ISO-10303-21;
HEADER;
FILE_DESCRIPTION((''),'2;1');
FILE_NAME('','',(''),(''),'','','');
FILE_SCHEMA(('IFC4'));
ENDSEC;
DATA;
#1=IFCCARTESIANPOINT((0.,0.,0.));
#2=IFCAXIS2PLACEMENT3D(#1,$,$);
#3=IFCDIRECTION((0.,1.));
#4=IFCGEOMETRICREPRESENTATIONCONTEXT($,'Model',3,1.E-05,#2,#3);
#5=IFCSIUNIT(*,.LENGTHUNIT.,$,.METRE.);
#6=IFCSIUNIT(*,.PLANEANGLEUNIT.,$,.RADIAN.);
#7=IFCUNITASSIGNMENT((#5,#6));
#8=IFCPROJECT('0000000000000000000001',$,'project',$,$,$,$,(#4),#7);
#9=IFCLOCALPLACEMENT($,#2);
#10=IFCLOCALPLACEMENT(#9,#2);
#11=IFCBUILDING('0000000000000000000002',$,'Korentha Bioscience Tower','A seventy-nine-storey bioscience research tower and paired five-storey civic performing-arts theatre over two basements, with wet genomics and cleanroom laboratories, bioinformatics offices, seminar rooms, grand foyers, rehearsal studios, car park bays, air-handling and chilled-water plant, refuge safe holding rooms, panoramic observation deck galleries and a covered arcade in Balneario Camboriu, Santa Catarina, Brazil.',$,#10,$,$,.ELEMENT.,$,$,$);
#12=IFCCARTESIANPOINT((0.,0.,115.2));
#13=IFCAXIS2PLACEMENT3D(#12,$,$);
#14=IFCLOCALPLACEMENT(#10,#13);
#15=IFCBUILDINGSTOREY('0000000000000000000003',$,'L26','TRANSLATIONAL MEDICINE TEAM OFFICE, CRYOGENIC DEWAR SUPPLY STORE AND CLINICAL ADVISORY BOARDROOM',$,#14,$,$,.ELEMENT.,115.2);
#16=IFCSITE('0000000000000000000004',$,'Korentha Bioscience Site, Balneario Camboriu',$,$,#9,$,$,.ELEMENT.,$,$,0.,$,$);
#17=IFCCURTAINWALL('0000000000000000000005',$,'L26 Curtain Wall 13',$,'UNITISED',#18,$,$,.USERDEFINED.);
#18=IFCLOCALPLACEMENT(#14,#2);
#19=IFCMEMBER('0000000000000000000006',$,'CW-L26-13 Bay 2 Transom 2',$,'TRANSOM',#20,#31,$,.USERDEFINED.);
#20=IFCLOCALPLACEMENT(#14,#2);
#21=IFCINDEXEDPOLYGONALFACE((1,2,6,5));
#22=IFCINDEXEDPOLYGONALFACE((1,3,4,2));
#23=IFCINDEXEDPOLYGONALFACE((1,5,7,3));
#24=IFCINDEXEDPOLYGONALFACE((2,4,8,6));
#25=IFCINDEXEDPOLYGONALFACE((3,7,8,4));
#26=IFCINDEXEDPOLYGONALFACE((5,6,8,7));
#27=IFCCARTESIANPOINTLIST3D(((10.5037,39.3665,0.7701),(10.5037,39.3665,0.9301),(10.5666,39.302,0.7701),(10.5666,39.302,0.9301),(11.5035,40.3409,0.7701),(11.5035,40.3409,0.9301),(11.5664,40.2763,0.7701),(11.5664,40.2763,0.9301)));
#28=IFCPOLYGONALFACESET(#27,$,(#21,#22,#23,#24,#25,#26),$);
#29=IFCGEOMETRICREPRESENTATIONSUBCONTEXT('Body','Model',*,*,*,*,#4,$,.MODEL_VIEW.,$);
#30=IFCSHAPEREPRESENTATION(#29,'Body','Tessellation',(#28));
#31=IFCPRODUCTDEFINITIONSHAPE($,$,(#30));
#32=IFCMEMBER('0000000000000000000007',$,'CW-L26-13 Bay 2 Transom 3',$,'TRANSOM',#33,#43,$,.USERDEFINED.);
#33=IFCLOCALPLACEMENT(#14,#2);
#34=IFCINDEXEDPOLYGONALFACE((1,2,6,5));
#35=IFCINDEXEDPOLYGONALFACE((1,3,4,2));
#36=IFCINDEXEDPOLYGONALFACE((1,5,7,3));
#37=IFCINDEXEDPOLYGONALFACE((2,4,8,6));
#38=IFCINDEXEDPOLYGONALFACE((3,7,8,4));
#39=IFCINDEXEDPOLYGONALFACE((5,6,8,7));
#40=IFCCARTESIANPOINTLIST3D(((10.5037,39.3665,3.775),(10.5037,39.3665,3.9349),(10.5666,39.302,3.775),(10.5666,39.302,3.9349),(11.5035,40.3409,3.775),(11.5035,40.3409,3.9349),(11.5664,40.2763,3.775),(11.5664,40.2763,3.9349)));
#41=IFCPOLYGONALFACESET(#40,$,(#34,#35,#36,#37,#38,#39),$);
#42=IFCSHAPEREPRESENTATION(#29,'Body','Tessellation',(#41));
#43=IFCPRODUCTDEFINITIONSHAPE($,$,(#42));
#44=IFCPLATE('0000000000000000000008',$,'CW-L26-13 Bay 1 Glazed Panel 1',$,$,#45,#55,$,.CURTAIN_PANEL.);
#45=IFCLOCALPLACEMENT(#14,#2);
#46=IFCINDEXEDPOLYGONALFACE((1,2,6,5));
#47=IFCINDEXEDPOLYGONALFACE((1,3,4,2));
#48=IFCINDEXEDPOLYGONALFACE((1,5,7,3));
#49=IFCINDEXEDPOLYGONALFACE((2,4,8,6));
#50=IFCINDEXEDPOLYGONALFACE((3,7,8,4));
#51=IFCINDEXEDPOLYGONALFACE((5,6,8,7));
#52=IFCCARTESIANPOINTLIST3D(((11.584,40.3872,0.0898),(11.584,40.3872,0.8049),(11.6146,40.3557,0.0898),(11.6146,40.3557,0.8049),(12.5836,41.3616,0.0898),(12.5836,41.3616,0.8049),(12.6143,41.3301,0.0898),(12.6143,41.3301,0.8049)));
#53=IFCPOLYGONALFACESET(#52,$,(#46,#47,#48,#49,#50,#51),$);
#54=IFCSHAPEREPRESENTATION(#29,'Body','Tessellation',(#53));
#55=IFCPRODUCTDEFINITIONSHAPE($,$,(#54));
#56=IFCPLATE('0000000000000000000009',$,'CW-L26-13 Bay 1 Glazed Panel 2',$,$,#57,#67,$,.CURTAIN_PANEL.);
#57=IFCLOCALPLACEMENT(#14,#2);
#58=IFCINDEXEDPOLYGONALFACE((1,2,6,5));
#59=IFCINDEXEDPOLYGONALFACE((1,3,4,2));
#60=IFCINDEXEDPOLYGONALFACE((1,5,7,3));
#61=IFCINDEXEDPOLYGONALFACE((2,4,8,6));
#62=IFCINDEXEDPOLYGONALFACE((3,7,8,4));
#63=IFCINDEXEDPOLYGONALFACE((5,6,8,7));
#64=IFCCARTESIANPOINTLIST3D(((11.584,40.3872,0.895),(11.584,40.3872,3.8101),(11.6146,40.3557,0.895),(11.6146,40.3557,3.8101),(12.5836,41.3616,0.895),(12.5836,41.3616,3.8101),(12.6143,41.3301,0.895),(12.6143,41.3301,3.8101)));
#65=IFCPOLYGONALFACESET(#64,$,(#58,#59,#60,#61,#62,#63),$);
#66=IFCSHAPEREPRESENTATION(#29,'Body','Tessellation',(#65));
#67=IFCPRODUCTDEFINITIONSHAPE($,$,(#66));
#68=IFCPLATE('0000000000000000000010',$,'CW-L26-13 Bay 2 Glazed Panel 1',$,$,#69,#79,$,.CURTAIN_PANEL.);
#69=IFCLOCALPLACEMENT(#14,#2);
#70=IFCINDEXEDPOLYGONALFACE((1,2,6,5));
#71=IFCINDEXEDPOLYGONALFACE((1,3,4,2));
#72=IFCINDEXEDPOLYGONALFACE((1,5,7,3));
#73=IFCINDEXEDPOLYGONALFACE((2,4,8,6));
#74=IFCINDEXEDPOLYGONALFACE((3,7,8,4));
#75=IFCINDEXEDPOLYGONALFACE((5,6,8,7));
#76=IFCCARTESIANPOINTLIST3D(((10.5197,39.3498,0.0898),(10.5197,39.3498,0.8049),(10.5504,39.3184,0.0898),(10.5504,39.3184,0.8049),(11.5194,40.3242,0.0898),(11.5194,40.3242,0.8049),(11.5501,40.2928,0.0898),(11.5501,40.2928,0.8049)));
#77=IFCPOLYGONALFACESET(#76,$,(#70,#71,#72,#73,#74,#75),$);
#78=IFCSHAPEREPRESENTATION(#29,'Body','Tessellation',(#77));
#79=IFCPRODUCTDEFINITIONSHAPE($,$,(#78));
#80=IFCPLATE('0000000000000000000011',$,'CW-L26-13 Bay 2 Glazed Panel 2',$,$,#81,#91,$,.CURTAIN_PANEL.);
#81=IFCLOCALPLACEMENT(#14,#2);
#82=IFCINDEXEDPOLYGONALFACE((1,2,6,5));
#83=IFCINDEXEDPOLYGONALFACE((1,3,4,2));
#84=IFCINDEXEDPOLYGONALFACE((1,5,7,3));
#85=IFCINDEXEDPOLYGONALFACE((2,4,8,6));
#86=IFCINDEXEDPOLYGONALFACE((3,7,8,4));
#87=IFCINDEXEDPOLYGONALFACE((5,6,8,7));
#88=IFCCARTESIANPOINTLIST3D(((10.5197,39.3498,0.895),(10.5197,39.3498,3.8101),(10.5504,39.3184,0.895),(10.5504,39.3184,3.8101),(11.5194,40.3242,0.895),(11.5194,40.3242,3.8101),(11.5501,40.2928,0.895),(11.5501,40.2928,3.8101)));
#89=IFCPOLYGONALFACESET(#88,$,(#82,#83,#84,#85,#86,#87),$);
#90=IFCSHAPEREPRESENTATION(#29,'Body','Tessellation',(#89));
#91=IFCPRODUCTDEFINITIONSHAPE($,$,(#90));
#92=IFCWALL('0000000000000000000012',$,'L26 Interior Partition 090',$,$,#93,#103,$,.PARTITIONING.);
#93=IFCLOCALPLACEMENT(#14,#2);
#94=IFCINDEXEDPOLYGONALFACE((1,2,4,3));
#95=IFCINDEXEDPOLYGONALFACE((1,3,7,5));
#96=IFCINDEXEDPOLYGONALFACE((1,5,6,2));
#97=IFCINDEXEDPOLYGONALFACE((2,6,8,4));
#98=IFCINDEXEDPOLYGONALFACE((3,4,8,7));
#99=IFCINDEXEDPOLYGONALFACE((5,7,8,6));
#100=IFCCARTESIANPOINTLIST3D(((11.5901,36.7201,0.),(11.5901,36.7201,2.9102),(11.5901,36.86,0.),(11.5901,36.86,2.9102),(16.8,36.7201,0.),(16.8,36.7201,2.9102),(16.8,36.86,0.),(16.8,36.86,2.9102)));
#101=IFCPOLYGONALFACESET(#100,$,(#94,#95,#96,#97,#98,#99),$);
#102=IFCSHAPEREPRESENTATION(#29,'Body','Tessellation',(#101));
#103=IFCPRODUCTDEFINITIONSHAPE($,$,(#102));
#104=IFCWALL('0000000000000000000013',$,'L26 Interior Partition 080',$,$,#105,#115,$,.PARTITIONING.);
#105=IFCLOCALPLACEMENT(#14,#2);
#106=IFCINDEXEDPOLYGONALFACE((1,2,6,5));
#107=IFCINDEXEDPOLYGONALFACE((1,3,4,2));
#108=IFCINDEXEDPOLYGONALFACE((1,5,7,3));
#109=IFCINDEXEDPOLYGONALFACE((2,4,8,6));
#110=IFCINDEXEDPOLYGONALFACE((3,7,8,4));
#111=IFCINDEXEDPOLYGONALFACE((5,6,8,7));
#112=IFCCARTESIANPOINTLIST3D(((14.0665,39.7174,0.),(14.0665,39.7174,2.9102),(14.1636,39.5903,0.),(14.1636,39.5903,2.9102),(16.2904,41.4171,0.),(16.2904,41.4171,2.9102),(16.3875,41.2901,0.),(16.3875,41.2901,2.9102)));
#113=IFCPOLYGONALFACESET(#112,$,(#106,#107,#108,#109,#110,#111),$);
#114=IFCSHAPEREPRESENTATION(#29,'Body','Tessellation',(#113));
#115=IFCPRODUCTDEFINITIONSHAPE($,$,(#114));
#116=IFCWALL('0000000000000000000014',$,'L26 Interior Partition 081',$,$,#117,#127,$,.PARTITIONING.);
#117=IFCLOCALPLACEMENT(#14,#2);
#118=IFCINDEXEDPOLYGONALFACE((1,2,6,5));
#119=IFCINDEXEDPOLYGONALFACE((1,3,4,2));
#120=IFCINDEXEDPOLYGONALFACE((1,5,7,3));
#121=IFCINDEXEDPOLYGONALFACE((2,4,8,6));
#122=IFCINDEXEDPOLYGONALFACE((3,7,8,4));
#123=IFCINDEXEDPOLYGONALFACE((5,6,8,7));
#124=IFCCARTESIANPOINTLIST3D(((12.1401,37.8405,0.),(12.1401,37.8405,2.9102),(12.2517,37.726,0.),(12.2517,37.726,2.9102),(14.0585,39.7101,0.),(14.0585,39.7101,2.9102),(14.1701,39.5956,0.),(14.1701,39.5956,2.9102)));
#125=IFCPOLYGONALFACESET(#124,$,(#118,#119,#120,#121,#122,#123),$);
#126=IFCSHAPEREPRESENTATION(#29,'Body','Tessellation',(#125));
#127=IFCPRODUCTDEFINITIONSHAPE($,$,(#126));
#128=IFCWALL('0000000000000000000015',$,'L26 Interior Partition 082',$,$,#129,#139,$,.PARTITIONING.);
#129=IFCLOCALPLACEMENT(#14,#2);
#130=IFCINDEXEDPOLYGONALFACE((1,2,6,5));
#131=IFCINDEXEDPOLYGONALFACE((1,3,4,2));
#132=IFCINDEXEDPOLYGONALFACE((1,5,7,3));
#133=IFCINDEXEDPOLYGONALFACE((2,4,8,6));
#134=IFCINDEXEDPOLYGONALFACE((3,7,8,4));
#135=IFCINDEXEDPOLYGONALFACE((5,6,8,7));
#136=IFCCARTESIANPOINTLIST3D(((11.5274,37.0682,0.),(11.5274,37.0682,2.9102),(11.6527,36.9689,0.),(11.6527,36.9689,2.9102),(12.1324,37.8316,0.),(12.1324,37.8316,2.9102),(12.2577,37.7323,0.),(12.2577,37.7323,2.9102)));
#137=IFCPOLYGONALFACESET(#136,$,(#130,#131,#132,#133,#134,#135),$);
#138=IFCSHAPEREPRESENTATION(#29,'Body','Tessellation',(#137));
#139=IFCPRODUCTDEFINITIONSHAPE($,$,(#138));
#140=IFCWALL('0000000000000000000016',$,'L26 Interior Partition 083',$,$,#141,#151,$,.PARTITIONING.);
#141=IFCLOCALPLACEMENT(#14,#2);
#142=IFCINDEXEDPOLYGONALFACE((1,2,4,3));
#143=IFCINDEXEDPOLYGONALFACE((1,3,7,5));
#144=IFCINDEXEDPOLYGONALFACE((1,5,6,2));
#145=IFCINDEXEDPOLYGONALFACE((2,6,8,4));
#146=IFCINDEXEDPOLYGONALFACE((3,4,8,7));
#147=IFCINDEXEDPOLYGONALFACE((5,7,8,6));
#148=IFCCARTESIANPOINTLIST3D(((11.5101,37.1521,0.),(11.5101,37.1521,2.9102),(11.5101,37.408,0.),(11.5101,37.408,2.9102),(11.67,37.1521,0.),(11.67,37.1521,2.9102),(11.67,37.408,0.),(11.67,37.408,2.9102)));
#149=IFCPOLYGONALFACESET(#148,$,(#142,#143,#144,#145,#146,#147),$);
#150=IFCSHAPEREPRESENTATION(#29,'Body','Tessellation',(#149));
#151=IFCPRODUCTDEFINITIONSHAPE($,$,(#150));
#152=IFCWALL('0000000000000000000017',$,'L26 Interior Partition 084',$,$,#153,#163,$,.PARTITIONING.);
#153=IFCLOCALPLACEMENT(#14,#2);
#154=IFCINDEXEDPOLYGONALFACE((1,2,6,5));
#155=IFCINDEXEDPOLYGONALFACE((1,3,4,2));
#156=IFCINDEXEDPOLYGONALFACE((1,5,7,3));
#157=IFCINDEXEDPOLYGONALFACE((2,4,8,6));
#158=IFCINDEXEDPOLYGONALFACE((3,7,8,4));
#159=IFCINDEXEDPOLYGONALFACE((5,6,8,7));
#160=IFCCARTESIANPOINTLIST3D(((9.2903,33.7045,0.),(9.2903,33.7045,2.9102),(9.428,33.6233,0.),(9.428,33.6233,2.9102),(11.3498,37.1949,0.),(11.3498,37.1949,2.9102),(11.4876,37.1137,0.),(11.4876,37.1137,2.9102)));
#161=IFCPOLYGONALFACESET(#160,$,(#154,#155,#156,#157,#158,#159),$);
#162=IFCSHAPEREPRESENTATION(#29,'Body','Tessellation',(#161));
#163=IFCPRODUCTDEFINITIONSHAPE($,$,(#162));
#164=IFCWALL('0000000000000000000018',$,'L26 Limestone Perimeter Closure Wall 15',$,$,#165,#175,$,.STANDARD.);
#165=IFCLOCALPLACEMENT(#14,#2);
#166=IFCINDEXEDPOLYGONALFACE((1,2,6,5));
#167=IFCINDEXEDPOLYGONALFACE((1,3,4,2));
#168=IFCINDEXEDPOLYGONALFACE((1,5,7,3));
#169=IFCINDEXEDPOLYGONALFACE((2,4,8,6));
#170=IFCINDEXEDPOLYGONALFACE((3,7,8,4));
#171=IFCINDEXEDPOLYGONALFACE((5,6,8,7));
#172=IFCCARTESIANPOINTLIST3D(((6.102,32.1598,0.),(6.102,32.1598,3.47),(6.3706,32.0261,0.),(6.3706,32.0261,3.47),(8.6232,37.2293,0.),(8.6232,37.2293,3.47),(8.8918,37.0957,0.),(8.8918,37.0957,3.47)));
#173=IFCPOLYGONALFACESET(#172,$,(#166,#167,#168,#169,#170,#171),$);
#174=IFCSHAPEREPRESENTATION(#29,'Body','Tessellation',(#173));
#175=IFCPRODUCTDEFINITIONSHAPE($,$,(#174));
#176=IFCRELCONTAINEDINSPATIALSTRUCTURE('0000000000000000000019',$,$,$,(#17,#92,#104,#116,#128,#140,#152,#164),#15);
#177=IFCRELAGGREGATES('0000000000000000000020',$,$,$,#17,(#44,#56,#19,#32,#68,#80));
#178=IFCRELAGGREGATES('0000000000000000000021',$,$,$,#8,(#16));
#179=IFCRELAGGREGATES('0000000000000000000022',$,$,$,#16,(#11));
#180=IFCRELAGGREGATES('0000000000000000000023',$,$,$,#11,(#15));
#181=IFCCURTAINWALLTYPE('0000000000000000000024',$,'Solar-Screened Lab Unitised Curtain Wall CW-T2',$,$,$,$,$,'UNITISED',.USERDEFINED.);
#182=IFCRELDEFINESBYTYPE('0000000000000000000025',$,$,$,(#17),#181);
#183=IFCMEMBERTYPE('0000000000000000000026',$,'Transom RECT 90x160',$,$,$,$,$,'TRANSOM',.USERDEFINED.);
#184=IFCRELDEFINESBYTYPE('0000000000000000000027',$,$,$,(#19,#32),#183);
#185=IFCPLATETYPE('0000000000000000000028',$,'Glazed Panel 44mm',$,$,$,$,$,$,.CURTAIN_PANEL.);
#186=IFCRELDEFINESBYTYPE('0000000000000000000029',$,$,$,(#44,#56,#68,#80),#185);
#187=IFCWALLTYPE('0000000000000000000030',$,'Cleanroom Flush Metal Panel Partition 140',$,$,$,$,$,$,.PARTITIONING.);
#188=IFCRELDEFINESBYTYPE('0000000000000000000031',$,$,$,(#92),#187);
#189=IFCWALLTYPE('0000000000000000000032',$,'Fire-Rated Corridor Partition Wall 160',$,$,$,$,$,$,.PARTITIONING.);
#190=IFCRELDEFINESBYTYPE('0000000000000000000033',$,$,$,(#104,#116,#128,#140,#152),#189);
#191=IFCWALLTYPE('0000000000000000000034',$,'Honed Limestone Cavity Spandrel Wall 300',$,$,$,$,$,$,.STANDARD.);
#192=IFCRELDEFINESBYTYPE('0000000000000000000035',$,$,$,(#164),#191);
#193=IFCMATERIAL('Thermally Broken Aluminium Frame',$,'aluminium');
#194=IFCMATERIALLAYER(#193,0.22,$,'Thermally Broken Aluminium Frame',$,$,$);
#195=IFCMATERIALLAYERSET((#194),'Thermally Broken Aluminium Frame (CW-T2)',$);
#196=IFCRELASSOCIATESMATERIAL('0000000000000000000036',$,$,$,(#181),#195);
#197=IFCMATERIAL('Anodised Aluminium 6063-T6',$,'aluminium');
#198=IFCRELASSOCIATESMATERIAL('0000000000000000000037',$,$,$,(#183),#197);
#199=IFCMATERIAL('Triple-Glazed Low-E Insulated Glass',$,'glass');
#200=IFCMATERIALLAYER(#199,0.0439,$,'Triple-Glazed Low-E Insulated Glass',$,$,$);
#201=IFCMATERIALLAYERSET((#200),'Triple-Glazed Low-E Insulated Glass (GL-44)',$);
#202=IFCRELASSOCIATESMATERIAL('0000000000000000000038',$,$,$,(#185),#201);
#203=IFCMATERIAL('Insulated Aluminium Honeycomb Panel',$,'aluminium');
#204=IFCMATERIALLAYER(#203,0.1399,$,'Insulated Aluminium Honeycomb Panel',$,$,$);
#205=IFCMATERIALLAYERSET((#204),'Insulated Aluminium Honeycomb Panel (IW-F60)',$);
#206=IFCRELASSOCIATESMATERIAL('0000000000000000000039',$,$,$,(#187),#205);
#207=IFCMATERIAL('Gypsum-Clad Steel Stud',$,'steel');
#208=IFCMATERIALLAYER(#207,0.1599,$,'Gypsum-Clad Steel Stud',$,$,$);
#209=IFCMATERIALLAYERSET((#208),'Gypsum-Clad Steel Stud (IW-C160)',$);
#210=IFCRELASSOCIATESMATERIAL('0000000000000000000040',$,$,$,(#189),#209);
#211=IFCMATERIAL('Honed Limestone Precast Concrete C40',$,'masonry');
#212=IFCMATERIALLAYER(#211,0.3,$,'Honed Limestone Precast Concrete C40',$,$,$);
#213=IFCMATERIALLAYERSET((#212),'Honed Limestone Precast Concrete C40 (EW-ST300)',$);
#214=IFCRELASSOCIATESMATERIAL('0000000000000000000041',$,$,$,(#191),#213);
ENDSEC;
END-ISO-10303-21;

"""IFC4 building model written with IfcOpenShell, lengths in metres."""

from ifc_helpers import new_model, si_unit, direction, frame, frame_2d, origin, origin_2d, place, context, subcontext, project, spatial, rectangle, extrude, material, layer, layer_set, material_profile, profile_set, type_object, element, aggregate, save


model = new_model("IFC4")

# Units and contexts
model_context = context("Model", 3, precision=1e-05, world=origin(), true_north=direction((0.0, 1.0)))
body_context = subcontext(model_context, "Body", "Model", "MODEL_VIEW")
ifc_project = project(units=[si_unit("LENGTHUNIT", "METRE"), si_unit("PLANEANGLEUNIT", "RADIAN")], contexts=[model_context])

# Site, building, storey
site_placement = place(None, origin())
site = spatial("IfcSite", under=ifc_project, at=site_placement, Name="Korentha Bioscience Site, Balneario Camboriu", CompositionType="ELEMENT", RefElevation=0.0)
building_placement = place(site_placement, origin())
building = spatial("IfcBuilding", under=site, at=building_placement, Name="Korentha Bioscience Tower", Description="A seventy-nine-storey bioscience research tower and paired five-storey civic performing-arts theatre over two basements, with wet genomics and cleanroom laboratories, bioinformatics offices, seminar rooms, grand foyers, rehearsal studios, car park bays, air-handling and chilled-water plant, refuge safe holding rooms, panoramic observation deck galleries and a covered arcade in Balneario Camboriu, Santa Catarina, Brazil.", CompositionType="ELEMENT")
storey_placement = place(building_placement, frame((0.0, 0.0, 115.2)))
storey = spatial("IfcBuildingStorey", under=building, at=storey_placement, Name="L26", Description="TRANSLATIONAL MEDICINE TEAM OFFICE, CRYOGENIC DEWAR SUPPLY STORE AND CLINICAL ADVISORY BOARDROOM", CompositionType="ELEMENT", Elevation=115.2)

# Curtain wall
ifc_material_1 = material(Name="Thermally Broken Aluminium Frame", Category="aluminium")
ifc_layer_1 = layer(ifc_material_1, 0.22, Name="Thermally Broken Aluminium Frame")
ifc_layer_set_1 = layer_set([ifc_layer_1], Name="Thermally Broken Aluminium Frame (CW-T2)")
curtain_wall_type = type_object("IfcCurtainWallType", Name="Solar-Screened Lab Unitised Curtain Wall CW-T2", ElementType="UNITISED", PredefinedType="USERDEFINED", material=ifc_layer_set_1)
curtain_wall_placement = place(storey_placement, origin())
curtain_wall = element("IfcCurtainWall", 1, at=curtain_wall_placement, inside=storey, type_object=curtain_wall_type, Name="L26 Curtain Wall 13", ObjectType="UNITISED", PredefinedType="USERDEFINED")
ifc_material_2 = material(Name="Anodised Aluminium 6063-T6", Category="aluminium")

# Members
ifc_material_profile_1 = material_profile(ifc_material_2, rectangle(XDim=0.0901, YDim=0.1599, at=origin_2d()), Name="Anodised Aluminium 6063-T6")
ifc_profile_set_1 = profile_set([ifc_material_profile_1], Name="Anodised Aluminium 6063-T6 (CW-TRN)")
member_type_1 = type_object("IfcMemberType", Name="Transom RECT 90x160", ElementType="TRANSOM", PredefinedType="USERDEFINED", material=ifc_profile_set_1)
member_1_placement = place(storey_placement, frame((11.5349, 40.3086, 0.8501), z_axis=(-0.716142, -0.697954, 0.0), x_axis=(0.697954, -0.716142, 0.0)))
member_1 = element("IfcMember", 2, at=member_1_placement, type_object=member_type_1, Name="CW-L26-13 Bay 2 Transom 2", ObjectType="TRANSOM", PredefinedType="USERDEFINED", context=body_context, shape_type="SweptSolid", body=[
    extrude(rectangle(XDim=0.0901, YDim=0.1599, at=origin_2d()), origin(), (0.0, 0.0, 1.0), 1.396),
])
member_2_placement = place(storey_placement, frame((11.5349, 40.3086, 3.855), z_axis=(-0.716142, -0.697954, 0.0), x_axis=(0.697954, -0.716142, 0.0)))
member_2 = element("IfcMember", 3, at=member_2_placement, type_object=member_type_1, Name="CW-L26-13 Bay 2 Transom 3", ObjectType="TRANSOM", PredefinedType="USERDEFINED", context=body_context, shape_type="SweptSolid", body=[
    extrude(rectangle(XDim=0.0901, YDim=0.1599, at=origin_2d()), origin(), (0.0, 0.0, 1.0), 1.396),
])

# Plates
ifc_material_3 = material(Name="Triple-Glazed Low-E Insulated Glass", Category="glass")
ifc_layer_2 = layer(ifc_material_3, 0.0439, Name="Triple-Glazed Low-E Insulated Glass")
ifc_layer_set_2 = layer_set([ifc_layer_2], Name="Triple-Glazed Low-E Insulated Glass (GL-44)")
plate_type = type_object("IfcPlateType", Name="Glazed Panel 44mm", PredefinedType="CURTAIN_PANEL", material=ifc_layer_set_2)
plate_1_placement = place(storey_placement, frame((12.0991, 40.8586, 0.0898), z_axis=(0.0, 0.0, 1.0), x_axis=(-0.716096, -0.698002, 0.0)))
plate_1 = element("IfcPlate", 4, at=plate_1_placement, type_object=plate_type, Name="CW-L26-13 Bay 1 Glazed Panel 1", PredefinedType="CURTAIN_PANEL", context=body_context, shape_type="SweptSolid", body=[
    extrude(rectangle(XDim=1.396, YDim=0.0439, at=origin_2d()), origin(), (0.0, 0.0, 1.0), 0.7151),
])
plate_2_placement = place(storey_placement, frame((12.0991, 40.8586, 0.895), z_axis=(0.0, 0.0, 1.0), x_axis=(-0.716096, -0.698002, 0.0)))
plate_2 = element("IfcPlate", 5, at=plate_2_placement, type_object=plate_type, Name="CW-L26-13 Bay 1 Glazed Panel 2", PredefinedType="CURTAIN_PANEL", context=body_context, shape_type="SweptSolid", body=[
    extrude(rectangle(XDim=1.396, YDim=0.0439, at=origin_2d()), origin(), (0.0, 0.0, 1.0), 2.915),
])
plate_3_placement = place(storey_placement, frame((11.0349, 39.8213, 0.0898), z_axis=(0.0, 0.0, 1.0), x_axis=(-0.716096, -0.698002, 0.0)))
plate_3 = element("IfcPlate", 6, at=plate_3_placement, type_object=plate_type, Name="CW-L26-13 Bay 2 Glazed Panel 1", PredefinedType="CURTAIN_PANEL", context=body_context, shape_type="SweptSolid", body=[
    extrude(rectangle(XDim=1.396, YDim=0.0439, at=origin_2d()), origin(), (0.0, 0.0, 1.0), 0.7151),
])
plate_4_placement = place(storey_placement, frame((11.0349, 39.8213, 0.895), z_axis=(0.0, 0.0, 1.0), x_axis=(-0.716096, -0.698002, 0.0)))
plate_4 = element("IfcPlate", 7, at=plate_4_placement, type_object=plate_type, Name="CW-L26-13 Bay 2 Glazed Panel 2", PredefinedType="CURTAIN_PANEL", context=body_context, shape_type="SweptSolid", body=[
    extrude(rectangle(XDim=1.396, YDim=0.0439, at=origin_2d()), origin(), (0.0, 0.0, 1.0), 2.915),
])
aggregate(curtain_wall, [plate_1, plate_2, member_1, member_2, plate_3, plate_4])

# Walls
ifc_material_4 = material(Name="Insulated Aluminium Honeycomb Panel", Category="aluminium")
ifc_layer_3 = layer(ifc_material_4, 0.1399, Name="Insulated Aluminium Honeycomb Panel")
ifc_layer_set_3 = layer_set([ifc_layer_3], Name="Insulated Aluminium Honeycomb Panel (IW-F60)")
wall_type_1 = type_object("IfcWallType", Name="Cleanroom Flush Metal Panel Partition 140", PredefinedType="PARTITIONING", material=ifc_layer_set_3)
wall_1_placement = place(storey_placement, frame((11.5901, 36.79, 0.0), z_axis=(0.0, 0.0, 1.0), x_axis=(1.0, 0.0, 0.0)))
element("IfcWall", 8, at=wall_1_placement, inside=storey, type_object=wall_type_1, Name="L26 Interior Partition 090", PredefinedType="PARTITIONING", context=body_context, shape_type="SweptSolid", body=[
    extrude(rectangle(XDim=5.21, YDim=0.1399, at=frame_2d((2.605, 0.0))), origin(), (0.0, 0.0, 1.0), 2.9102),
])
ifc_material_5 = material(Name="Gypsum-Clad Steel Stud", Category="steel")
ifc_layer_4 = layer(ifc_material_5, 0.1599, Name="Gypsum-Clad Steel Stud")
ifc_layer_set_4 = layer_set([ifc_layer_4], Name="Gypsum-Clad Steel Stud (IW-C160)")
wall_type_2 = type_object("IfcWallType", Name="Fire-Rated Corridor Partition Wall 160", PredefinedType="PARTITIONING", material=ifc_layer_set_4)
wall_2_placement = place(storey_placement, frame((16.3389, 41.3535, 0.0), z_axis=(0.0, 0.0, 1.0), x_axis=(-0.794514, -0.607246, 0.0)))
element("IfcWall", 9, at=wall_2_placement, inside=storey, type_object=wall_type_2, Name="L26 Interior Partition 080", PredefinedType="PARTITIONING", context=body_context, shape_type="SweptSolid", body=[
    extrude(rectangle(XDim=2.7991, YDim=0.1599, at=frame_2d((1.3994, 0.0))), origin(), (0.0, 0.0, 1.0), 2.9102),
])
wall_3_placement = place(storey_placement, frame((14.1143, 39.6528, 0.0), z_axis=(0.0, 0.0, 1.0), x_axis=(-0.716162, -0.697934, 0.0)))
element("IfcWall", 10, at=wall_3_placement, inside=storey, type_object=wall_type_2, Name="L26 Interior Partition 081", PredefinedType="PARTITIONING", context=body_context, shape_type="SweptSolid", body=[
    extrude(rectangle(XDim=2.6787, YDim=0.1599, at=frame_2d((1.3394, 0.0))), origin(), (0.0, 0.0, 1.0), 2.9102),
])
wall_4_placement = place(storey_placement, frame((12.1951, 37.782, 0.0), z_axis=(0.0, 0.0, 1.0), x_axis=(-0.621082, -0.783746, 0.0)))
element("IfcWall", 11, at=wall_4_placement, inside=storey, type_object=wall_type_2, Name="L26 Interior Partition 082", PredefinedType="PARTITIONING", context=body_context, shape_type="SweptSolid", body=[
    extrude(rectangle(XDim=0.9741, YDim=0.1599, at=frame_2d((0.4871, 0.0))), origin(), (0.0, 0.0, 1.0), 2.9102),
])
wall_5_placement = place(storey_placement, frame((11.5901, 37.1521, 0.0), z_axis=(0.0, 0.0, 1.0), x_axis=(0.0, 1.0, 0.0)))
element("IfcWall", 12, at=wall_5_placement, inside=storey, type_object=wall_type_2, Name="L26 Interior Partition 083", PredefinedType="PARTITIONING", context=body_context, shape_type="SweptSolid", body=[
    extrude(rectangle(XDim=0.2559, YDim=0.1599, at=frame_2d((0.1279, 0.0))), origin(), (0.0, 0.0, 1.0), 2.9102),
])
wall_6_placement = place(storey_placement, frame((11.4187, 37.1543, 0.0), z_axis=(0.0, 0.0, 1.0), x_axis=(-0.508183, -0.861249, 0.0)))
element("IfcWall", 13, at=wall_6_placement, inside=storey, type_object=wall_type_2, Name="L26 Interior Partition 084", PredefinedType="PARTITIONING", context=body_context, shape_type="SweptSolid", body=[
    extrude(rectangle(XDim=4.0527, YDim=0.1599, at=frame_2d((2.0264, 0.0))), origin(), (0.0, 0.0, 1.0), 2.9102),
])

# Shared definitions
ifc_material_6 = material(Name="Honed Limestone Precast Concrete C40", Category="masonry")
ifc_layer_5 = layer(ifc_material_6, 0.3, Name="Honed Limestone Precast Concrete C40")
ifc_layer_set_5 = layer_set([ifc_layer_5], Name="Honed Limestone Precast Concrete C40 (EW-ST300)")
wall_type_3 = type_object("IfcWallType", Name="Honed Limestone Cavity Spandrel Wall 300", PredefinedType="STANDARD", material=ifc_layer_set_5)

# Wall
wall_7_placement = place(storey_placement, frame((8.7576, 37.1626, 0.0), z_axis=(0.0, 0.0, 1.0), x_axis=(-0.445298, -0.895382, 0.0)))
element("IfcWall", 14, at=wall_7_placement, inside=storey, type_object=wall_type_3, Name="L26 Limestone Perimeter Closure Wall 15", PredefinedType="STANDARD", context=body_context, shape_type="SweptSolid", body=[
    extrude(rectangle(XDim=5.6619, YDim=0.3, at=frame_2d((2.8311, 0.0))), origin(), (0.0, 0.0, 1.0), 3.47),
])

save(model, "model.ifc")
